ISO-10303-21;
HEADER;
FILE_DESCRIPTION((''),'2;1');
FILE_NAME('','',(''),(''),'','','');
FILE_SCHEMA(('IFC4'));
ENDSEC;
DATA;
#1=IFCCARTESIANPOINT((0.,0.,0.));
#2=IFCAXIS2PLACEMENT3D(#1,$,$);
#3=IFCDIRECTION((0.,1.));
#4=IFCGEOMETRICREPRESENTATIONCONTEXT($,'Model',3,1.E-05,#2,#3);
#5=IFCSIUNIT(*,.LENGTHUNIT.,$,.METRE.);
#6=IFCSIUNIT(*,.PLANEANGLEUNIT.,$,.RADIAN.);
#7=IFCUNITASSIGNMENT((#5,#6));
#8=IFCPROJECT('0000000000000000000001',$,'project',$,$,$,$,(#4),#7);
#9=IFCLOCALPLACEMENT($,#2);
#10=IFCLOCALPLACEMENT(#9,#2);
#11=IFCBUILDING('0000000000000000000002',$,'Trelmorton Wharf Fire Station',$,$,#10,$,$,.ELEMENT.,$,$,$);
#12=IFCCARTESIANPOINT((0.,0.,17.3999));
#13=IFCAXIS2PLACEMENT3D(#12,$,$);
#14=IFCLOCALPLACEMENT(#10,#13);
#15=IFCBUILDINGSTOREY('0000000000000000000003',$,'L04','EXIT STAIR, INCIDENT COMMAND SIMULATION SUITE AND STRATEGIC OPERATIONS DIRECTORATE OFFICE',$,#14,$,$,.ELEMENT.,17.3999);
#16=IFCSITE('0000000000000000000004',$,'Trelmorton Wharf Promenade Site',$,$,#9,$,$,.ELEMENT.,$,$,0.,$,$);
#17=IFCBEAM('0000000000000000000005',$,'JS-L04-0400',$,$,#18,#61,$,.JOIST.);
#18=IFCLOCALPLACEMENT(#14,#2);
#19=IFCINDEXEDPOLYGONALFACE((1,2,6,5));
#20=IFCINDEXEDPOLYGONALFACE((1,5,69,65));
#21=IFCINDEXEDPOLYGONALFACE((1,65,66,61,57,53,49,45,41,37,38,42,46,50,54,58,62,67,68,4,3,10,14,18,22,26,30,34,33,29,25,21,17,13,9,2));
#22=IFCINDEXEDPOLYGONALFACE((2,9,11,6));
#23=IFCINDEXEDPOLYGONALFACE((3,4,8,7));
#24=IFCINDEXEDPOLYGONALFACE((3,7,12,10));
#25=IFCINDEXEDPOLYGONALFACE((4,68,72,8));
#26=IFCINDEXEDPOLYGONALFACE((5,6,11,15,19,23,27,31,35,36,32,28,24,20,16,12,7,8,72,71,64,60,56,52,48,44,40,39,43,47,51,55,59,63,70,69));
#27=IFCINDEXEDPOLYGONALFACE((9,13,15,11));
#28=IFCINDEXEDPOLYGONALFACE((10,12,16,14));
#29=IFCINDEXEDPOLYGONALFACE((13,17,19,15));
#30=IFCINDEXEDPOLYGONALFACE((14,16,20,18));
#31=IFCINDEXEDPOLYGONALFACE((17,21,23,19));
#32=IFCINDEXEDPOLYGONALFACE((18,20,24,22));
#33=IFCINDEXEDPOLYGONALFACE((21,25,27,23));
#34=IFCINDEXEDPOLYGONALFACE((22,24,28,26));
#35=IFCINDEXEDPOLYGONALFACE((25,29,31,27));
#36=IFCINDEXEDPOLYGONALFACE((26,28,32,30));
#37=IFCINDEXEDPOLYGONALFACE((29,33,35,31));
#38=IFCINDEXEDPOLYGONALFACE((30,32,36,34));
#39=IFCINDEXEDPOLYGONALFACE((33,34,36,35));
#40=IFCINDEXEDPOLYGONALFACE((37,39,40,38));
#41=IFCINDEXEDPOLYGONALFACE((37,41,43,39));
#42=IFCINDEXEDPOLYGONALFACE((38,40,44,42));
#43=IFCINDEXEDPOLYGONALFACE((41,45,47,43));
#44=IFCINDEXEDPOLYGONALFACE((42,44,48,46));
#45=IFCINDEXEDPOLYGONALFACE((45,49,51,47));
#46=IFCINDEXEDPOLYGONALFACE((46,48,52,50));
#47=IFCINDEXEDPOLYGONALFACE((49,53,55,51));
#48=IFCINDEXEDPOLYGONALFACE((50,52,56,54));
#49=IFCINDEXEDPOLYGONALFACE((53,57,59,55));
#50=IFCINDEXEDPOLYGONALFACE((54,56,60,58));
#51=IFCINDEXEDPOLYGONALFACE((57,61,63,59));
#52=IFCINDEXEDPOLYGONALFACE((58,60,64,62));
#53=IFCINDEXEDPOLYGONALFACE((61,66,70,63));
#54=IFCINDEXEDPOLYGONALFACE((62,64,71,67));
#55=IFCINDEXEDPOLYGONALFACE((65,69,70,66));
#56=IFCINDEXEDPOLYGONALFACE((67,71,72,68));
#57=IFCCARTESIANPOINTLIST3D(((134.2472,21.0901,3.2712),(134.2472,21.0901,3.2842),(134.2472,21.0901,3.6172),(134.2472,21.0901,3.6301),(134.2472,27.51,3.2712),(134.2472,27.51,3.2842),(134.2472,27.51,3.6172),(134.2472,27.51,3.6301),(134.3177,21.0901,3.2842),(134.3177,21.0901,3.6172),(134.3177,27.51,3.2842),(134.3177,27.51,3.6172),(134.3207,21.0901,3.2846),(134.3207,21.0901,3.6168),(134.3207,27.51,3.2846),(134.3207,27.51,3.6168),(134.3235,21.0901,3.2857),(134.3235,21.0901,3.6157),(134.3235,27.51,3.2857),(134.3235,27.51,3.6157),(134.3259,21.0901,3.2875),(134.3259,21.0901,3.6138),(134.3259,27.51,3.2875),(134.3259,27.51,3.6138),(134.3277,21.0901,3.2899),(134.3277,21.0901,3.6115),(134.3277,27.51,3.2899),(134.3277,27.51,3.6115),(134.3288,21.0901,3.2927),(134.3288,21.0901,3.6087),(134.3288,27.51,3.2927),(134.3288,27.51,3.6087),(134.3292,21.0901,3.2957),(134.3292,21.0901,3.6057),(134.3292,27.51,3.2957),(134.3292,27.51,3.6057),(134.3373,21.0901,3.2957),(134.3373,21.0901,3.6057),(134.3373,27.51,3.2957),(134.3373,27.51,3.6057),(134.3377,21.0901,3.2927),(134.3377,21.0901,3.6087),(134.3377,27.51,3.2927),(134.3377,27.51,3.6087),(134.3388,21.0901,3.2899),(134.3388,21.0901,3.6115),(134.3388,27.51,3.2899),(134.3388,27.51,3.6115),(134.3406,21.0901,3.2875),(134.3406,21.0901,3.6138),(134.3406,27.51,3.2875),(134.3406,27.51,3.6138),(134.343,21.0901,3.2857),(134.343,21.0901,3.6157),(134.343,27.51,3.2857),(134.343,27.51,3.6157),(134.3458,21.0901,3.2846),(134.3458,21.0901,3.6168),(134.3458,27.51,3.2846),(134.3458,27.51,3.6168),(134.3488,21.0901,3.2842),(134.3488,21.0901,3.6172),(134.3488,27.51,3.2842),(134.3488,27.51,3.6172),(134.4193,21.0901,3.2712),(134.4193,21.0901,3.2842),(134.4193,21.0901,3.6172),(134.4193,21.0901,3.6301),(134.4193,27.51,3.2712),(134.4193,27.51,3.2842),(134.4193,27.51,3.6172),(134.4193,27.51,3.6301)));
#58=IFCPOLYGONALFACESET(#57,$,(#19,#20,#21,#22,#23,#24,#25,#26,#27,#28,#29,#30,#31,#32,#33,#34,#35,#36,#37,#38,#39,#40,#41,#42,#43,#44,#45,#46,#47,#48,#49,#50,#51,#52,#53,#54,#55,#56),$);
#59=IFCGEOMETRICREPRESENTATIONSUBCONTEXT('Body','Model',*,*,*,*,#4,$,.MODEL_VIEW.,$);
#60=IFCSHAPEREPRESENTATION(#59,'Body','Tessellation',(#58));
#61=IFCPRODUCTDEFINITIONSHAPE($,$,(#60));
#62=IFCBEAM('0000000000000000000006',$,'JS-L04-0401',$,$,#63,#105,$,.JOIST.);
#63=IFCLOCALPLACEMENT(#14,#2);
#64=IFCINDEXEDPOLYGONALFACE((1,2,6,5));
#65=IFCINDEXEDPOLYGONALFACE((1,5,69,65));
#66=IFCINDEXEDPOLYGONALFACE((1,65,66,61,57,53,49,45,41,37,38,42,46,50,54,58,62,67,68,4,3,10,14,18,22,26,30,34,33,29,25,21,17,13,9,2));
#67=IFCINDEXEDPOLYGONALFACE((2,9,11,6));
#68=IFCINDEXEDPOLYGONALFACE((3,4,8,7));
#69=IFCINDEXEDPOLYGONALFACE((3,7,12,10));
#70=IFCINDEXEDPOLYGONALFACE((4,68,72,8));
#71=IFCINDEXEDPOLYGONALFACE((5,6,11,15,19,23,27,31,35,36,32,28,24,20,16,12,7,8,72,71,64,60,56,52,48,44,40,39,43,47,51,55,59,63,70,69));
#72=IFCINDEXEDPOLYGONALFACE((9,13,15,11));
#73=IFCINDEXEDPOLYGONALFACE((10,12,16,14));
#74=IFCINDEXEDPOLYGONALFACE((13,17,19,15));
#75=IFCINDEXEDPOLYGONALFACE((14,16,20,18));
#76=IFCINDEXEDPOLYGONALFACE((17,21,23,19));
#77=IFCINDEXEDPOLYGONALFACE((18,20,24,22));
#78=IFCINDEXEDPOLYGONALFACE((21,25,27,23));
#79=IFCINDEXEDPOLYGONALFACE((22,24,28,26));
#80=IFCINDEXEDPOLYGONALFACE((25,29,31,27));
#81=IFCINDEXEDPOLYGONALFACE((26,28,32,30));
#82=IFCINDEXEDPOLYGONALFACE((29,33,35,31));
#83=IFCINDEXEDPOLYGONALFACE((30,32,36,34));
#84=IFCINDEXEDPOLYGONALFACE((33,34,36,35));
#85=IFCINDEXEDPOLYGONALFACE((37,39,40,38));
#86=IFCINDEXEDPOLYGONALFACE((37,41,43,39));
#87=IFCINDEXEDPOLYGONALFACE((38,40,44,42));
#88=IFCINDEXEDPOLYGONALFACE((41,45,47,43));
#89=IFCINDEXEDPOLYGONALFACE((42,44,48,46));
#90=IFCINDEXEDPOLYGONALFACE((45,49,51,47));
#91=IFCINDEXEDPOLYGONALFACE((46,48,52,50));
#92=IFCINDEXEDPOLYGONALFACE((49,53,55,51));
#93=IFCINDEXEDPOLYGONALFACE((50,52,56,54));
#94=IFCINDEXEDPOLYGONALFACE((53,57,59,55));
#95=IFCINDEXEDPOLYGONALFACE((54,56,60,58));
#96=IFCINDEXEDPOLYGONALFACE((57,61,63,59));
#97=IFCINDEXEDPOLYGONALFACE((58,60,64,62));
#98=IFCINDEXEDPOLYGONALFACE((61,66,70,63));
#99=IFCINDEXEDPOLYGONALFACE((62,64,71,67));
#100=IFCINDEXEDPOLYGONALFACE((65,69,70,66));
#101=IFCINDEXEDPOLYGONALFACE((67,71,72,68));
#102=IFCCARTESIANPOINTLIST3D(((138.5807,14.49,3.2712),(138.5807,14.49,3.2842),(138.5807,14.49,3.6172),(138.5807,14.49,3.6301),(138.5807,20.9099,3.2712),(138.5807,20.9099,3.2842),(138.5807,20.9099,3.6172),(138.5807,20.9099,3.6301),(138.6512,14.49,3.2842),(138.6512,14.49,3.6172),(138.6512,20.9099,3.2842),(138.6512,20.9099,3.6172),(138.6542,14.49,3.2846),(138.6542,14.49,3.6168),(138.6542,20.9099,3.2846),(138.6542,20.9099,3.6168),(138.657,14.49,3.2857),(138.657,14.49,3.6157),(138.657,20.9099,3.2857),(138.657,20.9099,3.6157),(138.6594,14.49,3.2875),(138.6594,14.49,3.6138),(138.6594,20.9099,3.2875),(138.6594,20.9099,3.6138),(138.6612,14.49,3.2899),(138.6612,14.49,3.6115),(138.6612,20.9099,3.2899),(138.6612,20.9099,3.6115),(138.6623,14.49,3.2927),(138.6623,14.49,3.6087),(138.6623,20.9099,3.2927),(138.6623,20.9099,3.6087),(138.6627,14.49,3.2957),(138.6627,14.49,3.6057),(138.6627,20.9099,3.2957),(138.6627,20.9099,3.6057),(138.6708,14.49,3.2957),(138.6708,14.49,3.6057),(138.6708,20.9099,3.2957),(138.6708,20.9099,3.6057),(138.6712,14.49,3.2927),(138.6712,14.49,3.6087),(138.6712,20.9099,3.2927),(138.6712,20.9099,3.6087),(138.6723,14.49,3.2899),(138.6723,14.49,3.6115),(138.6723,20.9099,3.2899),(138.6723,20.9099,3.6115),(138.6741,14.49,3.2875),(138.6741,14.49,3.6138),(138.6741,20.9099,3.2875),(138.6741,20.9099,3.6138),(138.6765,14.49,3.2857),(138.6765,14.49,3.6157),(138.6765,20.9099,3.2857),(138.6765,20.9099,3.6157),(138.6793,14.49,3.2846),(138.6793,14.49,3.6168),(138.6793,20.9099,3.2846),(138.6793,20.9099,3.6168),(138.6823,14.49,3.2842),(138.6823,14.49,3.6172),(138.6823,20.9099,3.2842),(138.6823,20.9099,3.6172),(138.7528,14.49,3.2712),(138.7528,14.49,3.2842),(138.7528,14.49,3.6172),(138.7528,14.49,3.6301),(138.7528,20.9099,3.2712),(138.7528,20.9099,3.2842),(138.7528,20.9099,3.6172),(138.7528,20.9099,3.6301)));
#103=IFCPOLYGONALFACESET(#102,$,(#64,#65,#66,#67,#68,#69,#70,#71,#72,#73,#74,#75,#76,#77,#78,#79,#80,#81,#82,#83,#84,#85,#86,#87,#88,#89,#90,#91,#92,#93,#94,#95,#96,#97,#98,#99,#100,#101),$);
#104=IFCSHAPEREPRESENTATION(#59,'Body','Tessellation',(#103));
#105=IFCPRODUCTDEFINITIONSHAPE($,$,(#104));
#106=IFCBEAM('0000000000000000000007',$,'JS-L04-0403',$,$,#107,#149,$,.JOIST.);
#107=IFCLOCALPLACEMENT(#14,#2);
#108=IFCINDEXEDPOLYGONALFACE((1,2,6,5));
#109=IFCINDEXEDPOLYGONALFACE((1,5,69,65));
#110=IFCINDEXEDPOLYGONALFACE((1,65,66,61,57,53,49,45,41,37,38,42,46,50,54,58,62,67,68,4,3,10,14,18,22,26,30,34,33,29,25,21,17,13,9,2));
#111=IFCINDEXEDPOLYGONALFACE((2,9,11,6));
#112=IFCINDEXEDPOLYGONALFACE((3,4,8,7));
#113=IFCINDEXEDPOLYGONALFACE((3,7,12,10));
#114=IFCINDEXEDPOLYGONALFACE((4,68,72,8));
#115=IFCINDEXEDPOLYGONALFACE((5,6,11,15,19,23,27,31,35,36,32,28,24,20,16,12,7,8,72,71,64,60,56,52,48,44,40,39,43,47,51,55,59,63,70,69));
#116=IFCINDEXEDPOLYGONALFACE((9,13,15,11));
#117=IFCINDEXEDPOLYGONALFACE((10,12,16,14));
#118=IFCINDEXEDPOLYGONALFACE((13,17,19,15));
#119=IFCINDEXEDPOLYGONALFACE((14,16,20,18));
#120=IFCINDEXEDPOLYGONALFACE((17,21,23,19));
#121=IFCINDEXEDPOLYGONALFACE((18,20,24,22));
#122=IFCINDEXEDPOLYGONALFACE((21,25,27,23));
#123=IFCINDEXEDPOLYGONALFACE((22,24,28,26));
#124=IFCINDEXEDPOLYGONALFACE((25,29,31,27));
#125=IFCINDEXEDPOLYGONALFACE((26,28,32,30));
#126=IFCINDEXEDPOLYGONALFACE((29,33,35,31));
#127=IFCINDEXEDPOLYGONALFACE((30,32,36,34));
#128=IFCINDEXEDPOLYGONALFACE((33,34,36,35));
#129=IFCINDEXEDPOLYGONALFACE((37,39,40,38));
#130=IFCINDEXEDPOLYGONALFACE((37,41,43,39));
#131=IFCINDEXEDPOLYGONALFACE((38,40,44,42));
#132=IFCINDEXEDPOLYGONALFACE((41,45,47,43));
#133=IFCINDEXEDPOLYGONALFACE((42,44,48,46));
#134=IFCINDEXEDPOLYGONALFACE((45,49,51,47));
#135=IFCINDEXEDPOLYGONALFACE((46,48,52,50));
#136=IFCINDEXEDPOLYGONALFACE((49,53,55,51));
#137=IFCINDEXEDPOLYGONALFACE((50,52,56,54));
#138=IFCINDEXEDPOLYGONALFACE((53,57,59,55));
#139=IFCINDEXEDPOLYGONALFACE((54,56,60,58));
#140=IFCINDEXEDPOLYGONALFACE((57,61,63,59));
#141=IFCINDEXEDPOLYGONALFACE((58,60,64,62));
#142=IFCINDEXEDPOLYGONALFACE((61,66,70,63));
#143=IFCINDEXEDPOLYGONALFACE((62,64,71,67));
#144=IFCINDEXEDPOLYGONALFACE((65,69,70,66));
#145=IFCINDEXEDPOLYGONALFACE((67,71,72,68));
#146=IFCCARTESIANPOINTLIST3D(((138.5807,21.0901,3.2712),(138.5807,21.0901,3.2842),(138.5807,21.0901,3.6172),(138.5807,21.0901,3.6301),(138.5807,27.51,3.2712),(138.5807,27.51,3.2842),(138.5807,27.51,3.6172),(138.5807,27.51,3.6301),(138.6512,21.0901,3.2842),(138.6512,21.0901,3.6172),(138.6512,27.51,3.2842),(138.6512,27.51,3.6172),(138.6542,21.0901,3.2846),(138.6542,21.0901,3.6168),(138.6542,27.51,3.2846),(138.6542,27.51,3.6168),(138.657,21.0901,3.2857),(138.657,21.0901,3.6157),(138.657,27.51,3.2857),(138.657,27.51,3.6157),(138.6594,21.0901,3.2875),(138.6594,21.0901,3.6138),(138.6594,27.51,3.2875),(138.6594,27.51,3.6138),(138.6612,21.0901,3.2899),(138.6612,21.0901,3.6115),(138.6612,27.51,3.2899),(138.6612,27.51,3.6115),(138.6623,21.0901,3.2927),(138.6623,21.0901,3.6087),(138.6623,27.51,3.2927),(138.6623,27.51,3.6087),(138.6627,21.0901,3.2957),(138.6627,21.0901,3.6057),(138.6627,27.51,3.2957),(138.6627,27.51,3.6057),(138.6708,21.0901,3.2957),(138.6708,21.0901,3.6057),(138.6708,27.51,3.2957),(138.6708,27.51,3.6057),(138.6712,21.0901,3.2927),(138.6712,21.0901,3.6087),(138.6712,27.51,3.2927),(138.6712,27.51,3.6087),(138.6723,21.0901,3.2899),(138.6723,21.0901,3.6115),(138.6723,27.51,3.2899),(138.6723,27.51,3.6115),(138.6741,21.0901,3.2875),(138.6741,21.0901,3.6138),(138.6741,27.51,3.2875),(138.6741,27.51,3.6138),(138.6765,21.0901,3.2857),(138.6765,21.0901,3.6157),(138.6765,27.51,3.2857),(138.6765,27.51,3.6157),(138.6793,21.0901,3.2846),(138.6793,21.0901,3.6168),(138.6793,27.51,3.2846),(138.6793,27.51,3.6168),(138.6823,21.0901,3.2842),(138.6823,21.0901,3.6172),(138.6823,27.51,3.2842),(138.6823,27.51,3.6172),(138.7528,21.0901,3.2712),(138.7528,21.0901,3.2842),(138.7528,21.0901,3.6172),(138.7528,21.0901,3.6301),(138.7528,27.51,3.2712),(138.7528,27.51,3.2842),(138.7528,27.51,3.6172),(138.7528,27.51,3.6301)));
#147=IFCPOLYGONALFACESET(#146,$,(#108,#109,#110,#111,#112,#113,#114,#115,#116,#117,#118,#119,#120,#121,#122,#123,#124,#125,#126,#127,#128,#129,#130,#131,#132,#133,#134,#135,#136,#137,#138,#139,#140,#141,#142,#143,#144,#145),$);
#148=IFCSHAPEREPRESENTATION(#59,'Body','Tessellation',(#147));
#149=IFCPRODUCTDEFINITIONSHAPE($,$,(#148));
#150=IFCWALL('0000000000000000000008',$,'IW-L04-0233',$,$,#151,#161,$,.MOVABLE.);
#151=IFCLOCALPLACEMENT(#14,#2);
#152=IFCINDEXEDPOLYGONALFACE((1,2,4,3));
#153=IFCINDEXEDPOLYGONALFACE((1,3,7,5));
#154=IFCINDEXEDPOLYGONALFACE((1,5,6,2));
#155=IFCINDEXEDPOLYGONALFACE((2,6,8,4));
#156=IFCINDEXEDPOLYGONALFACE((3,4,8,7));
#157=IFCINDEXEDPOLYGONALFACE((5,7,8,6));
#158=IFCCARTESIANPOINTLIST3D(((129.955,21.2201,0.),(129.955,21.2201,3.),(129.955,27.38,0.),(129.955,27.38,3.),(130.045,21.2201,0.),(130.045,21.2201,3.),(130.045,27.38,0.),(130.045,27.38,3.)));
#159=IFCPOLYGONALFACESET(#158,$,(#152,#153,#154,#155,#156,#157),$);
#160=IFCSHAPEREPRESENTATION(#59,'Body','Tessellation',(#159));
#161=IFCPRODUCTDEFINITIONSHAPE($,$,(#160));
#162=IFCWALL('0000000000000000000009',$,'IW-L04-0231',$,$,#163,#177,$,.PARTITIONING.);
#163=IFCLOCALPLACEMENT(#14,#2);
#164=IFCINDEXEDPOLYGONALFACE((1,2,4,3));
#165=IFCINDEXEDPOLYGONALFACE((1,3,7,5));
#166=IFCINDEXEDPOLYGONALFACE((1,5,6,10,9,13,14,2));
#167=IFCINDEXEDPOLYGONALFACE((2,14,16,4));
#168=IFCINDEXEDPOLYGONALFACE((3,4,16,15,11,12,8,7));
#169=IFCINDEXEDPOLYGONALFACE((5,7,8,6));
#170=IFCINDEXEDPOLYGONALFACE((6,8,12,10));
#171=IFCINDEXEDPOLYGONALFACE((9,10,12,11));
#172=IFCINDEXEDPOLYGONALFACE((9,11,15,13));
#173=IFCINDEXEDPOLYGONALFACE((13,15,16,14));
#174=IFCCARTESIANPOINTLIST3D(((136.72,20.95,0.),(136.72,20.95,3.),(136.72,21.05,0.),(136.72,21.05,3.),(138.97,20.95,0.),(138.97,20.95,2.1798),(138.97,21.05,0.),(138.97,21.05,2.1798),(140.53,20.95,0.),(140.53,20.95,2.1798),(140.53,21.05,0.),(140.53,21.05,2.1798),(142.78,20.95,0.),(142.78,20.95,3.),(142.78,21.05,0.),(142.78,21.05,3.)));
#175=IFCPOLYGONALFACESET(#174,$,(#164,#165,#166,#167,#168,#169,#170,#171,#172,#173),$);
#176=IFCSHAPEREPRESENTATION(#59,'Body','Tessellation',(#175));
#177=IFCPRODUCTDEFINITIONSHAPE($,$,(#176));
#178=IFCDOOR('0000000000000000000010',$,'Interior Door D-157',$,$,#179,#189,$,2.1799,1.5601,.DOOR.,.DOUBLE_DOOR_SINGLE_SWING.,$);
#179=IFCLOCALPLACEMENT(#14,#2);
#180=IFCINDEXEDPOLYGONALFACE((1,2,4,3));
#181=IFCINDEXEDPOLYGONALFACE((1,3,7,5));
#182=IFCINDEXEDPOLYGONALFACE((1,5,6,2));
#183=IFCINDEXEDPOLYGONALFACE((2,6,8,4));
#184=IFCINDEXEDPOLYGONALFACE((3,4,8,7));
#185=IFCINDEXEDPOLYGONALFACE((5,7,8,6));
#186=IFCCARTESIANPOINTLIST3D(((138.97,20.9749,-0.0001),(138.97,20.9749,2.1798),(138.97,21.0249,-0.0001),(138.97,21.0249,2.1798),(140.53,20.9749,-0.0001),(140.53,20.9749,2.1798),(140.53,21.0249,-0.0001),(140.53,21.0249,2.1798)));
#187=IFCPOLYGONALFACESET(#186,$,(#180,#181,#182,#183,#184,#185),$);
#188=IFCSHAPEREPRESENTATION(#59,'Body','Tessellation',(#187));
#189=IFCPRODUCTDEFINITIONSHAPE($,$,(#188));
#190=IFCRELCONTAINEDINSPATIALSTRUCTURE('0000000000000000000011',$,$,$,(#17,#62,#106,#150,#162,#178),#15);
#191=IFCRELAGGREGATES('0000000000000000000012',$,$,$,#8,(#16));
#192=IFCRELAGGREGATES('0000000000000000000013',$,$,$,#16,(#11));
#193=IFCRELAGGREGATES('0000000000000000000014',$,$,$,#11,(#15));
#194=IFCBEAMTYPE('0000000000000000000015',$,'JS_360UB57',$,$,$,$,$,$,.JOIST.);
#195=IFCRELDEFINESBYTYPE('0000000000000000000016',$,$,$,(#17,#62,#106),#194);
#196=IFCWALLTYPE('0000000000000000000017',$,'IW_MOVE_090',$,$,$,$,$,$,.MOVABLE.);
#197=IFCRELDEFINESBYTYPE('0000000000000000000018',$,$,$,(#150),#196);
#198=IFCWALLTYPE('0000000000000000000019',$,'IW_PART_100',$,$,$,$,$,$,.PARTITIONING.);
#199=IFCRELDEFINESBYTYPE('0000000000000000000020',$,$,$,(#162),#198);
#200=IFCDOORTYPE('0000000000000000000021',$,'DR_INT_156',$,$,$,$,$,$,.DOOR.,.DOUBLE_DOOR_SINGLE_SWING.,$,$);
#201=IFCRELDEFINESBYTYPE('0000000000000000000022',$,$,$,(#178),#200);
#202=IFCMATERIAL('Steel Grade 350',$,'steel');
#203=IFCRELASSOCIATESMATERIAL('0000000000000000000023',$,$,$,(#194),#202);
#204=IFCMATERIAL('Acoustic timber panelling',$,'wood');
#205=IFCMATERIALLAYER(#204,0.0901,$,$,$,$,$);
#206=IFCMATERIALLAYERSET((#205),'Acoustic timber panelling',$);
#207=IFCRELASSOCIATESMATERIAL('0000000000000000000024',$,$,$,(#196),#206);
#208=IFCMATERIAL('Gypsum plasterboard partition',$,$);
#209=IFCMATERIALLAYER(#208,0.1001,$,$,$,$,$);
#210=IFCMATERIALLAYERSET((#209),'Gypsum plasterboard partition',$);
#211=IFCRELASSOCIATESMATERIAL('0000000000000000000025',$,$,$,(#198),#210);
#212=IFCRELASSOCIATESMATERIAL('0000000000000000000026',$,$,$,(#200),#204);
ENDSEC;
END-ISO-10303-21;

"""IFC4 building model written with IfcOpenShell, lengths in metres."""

from ifc_helpers import new_model, si_unit, direction, frame, frame_2d, origin, origin_2d, place, context, subcontext, project, spatial, rectangle, i_section, extrude, material, layer, layer_set, material_profile, profile_set, type_object, element, fill, save


model = new_model("IFC4")

# Units and contexts
model_context = context("Model", 3, precision=1e-05, world=origin(), true_north=direction((0.0, 1.0)))
body_context = subcontext(model_context, "Body", "Model", "MODEL_VIEW")
ifc_project = project(units=[si_unit("LENGTHUNIT", "METRE"), si_unit("PLANEANGLEUNIT", "RADIAN")], contexts=[model_context])

# Site, building, storey
site_placement = place(None, origin())
site = spatial("IfcSite", under=ifc_project, at=site_placement, Name="Trelmorton Wharf Promenade Site", CompositionType="ELEMENT", RefElevation=0.0)
building_placement = place(site_placement, origin())
building = spatial("IfcBuilding", under=site, at=building_placement, Name="Trelmorton Wharf Fire Station", CompositionType="ELEMENT")
storey_placement = place(building_placement, frame((0.0, 0.0, 17.3999)))
storey = spatial("IfcBuildingStorey", under=building, at=storey_placement, Name="L04", Description="EXIT STAIR, INCIDENT COMMAND SIMULATION SUITE AND STRATEGIC OPERATIONS DIRECTORATE OFFICE", CompositionType="ELEMENT", Elevation=17.3999)

# Shared definitions
ifc_material_1 = material(Name="Steel Grade 350", Category="steel")

# Beams
ifc_material_profile_1 = material_profile(ifc_material_1, i_section(OverallWidth=0.1721, OverallDepth=0.3589, WebThickness=0.0081, FlangeThickness=0.0129, FilletRadius=0.0115, at=origin_2d()), Name="360UB56.7")
ifc_profile_set_1 = profile_set([ifc_material_profile_1], Name="Steel Grade 350")
beam_type_1 = type_object("IfcBeamType", Name="JS_360UB57", PredefinedType="JOIST", material=ifc_profile_set_1)
for number, where, z_axis, x_axis, name in (
    (1, (134.3333, 21.0901, 3.4507), (0.0, 1.0, 0.0), (-1.0, 0.0, 0.0), "JS-L04-0400"),
    (2, (138.6667, 14.49, 3.4507), (0.0, 1.0, 0.0), (-1.0, 0.0, 0.0), "JS-L04-0401"),
    (3, (138.6667, 21.0901, 3.4507), (0.0, 1.0, 0.0), (-1.0, 0.0, 0.0), "JS-L04-0403"),
):
    element("IfcBeam", number, at=place(storey_placement, frame(where, z_axis=z_axis, x_axis=x_axis)), inside=storey, type_object=beam_type_1, Name=name, PredefinedType="JOIST", context=body_context, shape_type="SweptSolid", body=[
        extrude(i_section(OverallWidth=0.1721, OverallDepth=0.3589, WebThickness=0.0081, FlangeThickness=0.0129, FilletRadius=0.0115, at=origin_2d()), origin(), (0.0, 0.0, 1.0), 6.4199),
    ])

# Wall
ifc_material_2 = material(Name="Acoustic timber panelling", Category="wood")
ifc_layer_1 = layer(ifc_material_2, 0.0901)
ifc_layer_set_1 = layer_set([ifc_layer_1], Name="Acoustic timber panelling")
wall_type_1 = type_object("IfcWallType", Name="IW_MOVE_090", PredefinedType="MOVABLE", material=ifc_layer_set_1)
wall_1_placement = place(storey_placement, frame((130.0, 21.22, 0.0), z_axis=(0.0, 0.0, 1.0), x_axis=(0.0, 1.0, 0.0)))
element("IfcWall", 4, at=wall_1_placement, inside=storey, type_object=wall_type_1, Name="IW-L04-0233", PredefinedType="MOVABLE", context=body_context, shape_type="SweptSolid", body=[
    extrude(rectangle(XDim=6.1599, YDim=0.0901, at=frame_2d((3.0801, 0.0))), origin(), (0.0, 0.0, 1.0), 3.0),
])

# Wall, opening, door
ifc_material_3 = material(Name="Gypsum plasterboard partition")
ifc_layer_2 = layer(ifc_material_3, 0.1001)
ifc_layer_set_2 = layer_set([ifc_layer_2], Name="Gypsum plasterboard partition")
wall_type_2 = type_object("IfcWallType", Name="IW_PART_100", PredefinedType="PARTITIONING", material=ifc_layer_set_2)
wall_2_placement = place(storey_placement, frame((136.72, 21.0, 0.0), z_axis=(0.0, 0.0, 1.0), x_axis=(1.0, 0.0, 0.0)))
wall_2 = element("IfcWall", 5, at=wall_2_placement, inside=storey, type_object=wall_type_2, Name="IW-L04-0231", PredefinedType="PARTITIONING", context=body_context, shape_type="SweptSolid", body=[
    extrude(rectangle(XDim=6.0601, YDim=0.1001, at=frame_2d((3.03, 0.0))), origin(), (0.0, 0.0, 1.0), 3.0),
])
opening_1_placement = place(wall_2_placement, frame((2.25, 0.0, 0.0)))
opening_1 = element("IfcOpeningElement", 6, at=opening_1_placement, cuts=wall_2, PredefinedType="OPENING", context=body_context, shape_type="SweptSolid", body=[
    extrude(rectangle(XDim=1.5601, YDim=2.1799, at=frame_2d((0.78, 1.0898))), frame((0.0, 0.0601, 0.0), z_axis=(0.0, -1.0, 0.0), x_axis=(1.0, 0.0, 0.0)), (0.0, 0.0, 1.0), 0.1201),
])
door_type_1 = type_object("IfcDoorType", Name="DR_INT_156", OperationType="DOUBLE_DOOR_SINGLE_SWING", PredefinedType="DOOR", material=ifc_material_2)
door_1_placement = place(opening_1_placement, origin())
door_1 = element("IfcDoor", 7, at=door_1_placement, inside=storey, type_object=door_type_1, Name="Interior Door D-157", OperationType="DOUBLE_DOOR_SINGLE_SWING", OverallHeight=2.1799, OverallWidth=1.5601, PredefinedType="DOOR", context=body_context, shape_type="SweptSolid", body=[
    extrude(rectangle(XDim=1.5601, YDim=2.1799, at=frame_2d((0.78, 1.0898))), frame((0.0, 0.0249, 0.0), z_axis=(0.0, -1.0, 0.0), x_axis=(1.0, 0.0, 0.0)), (0.0, 0.0, 1.0), 0.05),
])
fill(opening_1, door_1)

save(model, "model.ifc")
